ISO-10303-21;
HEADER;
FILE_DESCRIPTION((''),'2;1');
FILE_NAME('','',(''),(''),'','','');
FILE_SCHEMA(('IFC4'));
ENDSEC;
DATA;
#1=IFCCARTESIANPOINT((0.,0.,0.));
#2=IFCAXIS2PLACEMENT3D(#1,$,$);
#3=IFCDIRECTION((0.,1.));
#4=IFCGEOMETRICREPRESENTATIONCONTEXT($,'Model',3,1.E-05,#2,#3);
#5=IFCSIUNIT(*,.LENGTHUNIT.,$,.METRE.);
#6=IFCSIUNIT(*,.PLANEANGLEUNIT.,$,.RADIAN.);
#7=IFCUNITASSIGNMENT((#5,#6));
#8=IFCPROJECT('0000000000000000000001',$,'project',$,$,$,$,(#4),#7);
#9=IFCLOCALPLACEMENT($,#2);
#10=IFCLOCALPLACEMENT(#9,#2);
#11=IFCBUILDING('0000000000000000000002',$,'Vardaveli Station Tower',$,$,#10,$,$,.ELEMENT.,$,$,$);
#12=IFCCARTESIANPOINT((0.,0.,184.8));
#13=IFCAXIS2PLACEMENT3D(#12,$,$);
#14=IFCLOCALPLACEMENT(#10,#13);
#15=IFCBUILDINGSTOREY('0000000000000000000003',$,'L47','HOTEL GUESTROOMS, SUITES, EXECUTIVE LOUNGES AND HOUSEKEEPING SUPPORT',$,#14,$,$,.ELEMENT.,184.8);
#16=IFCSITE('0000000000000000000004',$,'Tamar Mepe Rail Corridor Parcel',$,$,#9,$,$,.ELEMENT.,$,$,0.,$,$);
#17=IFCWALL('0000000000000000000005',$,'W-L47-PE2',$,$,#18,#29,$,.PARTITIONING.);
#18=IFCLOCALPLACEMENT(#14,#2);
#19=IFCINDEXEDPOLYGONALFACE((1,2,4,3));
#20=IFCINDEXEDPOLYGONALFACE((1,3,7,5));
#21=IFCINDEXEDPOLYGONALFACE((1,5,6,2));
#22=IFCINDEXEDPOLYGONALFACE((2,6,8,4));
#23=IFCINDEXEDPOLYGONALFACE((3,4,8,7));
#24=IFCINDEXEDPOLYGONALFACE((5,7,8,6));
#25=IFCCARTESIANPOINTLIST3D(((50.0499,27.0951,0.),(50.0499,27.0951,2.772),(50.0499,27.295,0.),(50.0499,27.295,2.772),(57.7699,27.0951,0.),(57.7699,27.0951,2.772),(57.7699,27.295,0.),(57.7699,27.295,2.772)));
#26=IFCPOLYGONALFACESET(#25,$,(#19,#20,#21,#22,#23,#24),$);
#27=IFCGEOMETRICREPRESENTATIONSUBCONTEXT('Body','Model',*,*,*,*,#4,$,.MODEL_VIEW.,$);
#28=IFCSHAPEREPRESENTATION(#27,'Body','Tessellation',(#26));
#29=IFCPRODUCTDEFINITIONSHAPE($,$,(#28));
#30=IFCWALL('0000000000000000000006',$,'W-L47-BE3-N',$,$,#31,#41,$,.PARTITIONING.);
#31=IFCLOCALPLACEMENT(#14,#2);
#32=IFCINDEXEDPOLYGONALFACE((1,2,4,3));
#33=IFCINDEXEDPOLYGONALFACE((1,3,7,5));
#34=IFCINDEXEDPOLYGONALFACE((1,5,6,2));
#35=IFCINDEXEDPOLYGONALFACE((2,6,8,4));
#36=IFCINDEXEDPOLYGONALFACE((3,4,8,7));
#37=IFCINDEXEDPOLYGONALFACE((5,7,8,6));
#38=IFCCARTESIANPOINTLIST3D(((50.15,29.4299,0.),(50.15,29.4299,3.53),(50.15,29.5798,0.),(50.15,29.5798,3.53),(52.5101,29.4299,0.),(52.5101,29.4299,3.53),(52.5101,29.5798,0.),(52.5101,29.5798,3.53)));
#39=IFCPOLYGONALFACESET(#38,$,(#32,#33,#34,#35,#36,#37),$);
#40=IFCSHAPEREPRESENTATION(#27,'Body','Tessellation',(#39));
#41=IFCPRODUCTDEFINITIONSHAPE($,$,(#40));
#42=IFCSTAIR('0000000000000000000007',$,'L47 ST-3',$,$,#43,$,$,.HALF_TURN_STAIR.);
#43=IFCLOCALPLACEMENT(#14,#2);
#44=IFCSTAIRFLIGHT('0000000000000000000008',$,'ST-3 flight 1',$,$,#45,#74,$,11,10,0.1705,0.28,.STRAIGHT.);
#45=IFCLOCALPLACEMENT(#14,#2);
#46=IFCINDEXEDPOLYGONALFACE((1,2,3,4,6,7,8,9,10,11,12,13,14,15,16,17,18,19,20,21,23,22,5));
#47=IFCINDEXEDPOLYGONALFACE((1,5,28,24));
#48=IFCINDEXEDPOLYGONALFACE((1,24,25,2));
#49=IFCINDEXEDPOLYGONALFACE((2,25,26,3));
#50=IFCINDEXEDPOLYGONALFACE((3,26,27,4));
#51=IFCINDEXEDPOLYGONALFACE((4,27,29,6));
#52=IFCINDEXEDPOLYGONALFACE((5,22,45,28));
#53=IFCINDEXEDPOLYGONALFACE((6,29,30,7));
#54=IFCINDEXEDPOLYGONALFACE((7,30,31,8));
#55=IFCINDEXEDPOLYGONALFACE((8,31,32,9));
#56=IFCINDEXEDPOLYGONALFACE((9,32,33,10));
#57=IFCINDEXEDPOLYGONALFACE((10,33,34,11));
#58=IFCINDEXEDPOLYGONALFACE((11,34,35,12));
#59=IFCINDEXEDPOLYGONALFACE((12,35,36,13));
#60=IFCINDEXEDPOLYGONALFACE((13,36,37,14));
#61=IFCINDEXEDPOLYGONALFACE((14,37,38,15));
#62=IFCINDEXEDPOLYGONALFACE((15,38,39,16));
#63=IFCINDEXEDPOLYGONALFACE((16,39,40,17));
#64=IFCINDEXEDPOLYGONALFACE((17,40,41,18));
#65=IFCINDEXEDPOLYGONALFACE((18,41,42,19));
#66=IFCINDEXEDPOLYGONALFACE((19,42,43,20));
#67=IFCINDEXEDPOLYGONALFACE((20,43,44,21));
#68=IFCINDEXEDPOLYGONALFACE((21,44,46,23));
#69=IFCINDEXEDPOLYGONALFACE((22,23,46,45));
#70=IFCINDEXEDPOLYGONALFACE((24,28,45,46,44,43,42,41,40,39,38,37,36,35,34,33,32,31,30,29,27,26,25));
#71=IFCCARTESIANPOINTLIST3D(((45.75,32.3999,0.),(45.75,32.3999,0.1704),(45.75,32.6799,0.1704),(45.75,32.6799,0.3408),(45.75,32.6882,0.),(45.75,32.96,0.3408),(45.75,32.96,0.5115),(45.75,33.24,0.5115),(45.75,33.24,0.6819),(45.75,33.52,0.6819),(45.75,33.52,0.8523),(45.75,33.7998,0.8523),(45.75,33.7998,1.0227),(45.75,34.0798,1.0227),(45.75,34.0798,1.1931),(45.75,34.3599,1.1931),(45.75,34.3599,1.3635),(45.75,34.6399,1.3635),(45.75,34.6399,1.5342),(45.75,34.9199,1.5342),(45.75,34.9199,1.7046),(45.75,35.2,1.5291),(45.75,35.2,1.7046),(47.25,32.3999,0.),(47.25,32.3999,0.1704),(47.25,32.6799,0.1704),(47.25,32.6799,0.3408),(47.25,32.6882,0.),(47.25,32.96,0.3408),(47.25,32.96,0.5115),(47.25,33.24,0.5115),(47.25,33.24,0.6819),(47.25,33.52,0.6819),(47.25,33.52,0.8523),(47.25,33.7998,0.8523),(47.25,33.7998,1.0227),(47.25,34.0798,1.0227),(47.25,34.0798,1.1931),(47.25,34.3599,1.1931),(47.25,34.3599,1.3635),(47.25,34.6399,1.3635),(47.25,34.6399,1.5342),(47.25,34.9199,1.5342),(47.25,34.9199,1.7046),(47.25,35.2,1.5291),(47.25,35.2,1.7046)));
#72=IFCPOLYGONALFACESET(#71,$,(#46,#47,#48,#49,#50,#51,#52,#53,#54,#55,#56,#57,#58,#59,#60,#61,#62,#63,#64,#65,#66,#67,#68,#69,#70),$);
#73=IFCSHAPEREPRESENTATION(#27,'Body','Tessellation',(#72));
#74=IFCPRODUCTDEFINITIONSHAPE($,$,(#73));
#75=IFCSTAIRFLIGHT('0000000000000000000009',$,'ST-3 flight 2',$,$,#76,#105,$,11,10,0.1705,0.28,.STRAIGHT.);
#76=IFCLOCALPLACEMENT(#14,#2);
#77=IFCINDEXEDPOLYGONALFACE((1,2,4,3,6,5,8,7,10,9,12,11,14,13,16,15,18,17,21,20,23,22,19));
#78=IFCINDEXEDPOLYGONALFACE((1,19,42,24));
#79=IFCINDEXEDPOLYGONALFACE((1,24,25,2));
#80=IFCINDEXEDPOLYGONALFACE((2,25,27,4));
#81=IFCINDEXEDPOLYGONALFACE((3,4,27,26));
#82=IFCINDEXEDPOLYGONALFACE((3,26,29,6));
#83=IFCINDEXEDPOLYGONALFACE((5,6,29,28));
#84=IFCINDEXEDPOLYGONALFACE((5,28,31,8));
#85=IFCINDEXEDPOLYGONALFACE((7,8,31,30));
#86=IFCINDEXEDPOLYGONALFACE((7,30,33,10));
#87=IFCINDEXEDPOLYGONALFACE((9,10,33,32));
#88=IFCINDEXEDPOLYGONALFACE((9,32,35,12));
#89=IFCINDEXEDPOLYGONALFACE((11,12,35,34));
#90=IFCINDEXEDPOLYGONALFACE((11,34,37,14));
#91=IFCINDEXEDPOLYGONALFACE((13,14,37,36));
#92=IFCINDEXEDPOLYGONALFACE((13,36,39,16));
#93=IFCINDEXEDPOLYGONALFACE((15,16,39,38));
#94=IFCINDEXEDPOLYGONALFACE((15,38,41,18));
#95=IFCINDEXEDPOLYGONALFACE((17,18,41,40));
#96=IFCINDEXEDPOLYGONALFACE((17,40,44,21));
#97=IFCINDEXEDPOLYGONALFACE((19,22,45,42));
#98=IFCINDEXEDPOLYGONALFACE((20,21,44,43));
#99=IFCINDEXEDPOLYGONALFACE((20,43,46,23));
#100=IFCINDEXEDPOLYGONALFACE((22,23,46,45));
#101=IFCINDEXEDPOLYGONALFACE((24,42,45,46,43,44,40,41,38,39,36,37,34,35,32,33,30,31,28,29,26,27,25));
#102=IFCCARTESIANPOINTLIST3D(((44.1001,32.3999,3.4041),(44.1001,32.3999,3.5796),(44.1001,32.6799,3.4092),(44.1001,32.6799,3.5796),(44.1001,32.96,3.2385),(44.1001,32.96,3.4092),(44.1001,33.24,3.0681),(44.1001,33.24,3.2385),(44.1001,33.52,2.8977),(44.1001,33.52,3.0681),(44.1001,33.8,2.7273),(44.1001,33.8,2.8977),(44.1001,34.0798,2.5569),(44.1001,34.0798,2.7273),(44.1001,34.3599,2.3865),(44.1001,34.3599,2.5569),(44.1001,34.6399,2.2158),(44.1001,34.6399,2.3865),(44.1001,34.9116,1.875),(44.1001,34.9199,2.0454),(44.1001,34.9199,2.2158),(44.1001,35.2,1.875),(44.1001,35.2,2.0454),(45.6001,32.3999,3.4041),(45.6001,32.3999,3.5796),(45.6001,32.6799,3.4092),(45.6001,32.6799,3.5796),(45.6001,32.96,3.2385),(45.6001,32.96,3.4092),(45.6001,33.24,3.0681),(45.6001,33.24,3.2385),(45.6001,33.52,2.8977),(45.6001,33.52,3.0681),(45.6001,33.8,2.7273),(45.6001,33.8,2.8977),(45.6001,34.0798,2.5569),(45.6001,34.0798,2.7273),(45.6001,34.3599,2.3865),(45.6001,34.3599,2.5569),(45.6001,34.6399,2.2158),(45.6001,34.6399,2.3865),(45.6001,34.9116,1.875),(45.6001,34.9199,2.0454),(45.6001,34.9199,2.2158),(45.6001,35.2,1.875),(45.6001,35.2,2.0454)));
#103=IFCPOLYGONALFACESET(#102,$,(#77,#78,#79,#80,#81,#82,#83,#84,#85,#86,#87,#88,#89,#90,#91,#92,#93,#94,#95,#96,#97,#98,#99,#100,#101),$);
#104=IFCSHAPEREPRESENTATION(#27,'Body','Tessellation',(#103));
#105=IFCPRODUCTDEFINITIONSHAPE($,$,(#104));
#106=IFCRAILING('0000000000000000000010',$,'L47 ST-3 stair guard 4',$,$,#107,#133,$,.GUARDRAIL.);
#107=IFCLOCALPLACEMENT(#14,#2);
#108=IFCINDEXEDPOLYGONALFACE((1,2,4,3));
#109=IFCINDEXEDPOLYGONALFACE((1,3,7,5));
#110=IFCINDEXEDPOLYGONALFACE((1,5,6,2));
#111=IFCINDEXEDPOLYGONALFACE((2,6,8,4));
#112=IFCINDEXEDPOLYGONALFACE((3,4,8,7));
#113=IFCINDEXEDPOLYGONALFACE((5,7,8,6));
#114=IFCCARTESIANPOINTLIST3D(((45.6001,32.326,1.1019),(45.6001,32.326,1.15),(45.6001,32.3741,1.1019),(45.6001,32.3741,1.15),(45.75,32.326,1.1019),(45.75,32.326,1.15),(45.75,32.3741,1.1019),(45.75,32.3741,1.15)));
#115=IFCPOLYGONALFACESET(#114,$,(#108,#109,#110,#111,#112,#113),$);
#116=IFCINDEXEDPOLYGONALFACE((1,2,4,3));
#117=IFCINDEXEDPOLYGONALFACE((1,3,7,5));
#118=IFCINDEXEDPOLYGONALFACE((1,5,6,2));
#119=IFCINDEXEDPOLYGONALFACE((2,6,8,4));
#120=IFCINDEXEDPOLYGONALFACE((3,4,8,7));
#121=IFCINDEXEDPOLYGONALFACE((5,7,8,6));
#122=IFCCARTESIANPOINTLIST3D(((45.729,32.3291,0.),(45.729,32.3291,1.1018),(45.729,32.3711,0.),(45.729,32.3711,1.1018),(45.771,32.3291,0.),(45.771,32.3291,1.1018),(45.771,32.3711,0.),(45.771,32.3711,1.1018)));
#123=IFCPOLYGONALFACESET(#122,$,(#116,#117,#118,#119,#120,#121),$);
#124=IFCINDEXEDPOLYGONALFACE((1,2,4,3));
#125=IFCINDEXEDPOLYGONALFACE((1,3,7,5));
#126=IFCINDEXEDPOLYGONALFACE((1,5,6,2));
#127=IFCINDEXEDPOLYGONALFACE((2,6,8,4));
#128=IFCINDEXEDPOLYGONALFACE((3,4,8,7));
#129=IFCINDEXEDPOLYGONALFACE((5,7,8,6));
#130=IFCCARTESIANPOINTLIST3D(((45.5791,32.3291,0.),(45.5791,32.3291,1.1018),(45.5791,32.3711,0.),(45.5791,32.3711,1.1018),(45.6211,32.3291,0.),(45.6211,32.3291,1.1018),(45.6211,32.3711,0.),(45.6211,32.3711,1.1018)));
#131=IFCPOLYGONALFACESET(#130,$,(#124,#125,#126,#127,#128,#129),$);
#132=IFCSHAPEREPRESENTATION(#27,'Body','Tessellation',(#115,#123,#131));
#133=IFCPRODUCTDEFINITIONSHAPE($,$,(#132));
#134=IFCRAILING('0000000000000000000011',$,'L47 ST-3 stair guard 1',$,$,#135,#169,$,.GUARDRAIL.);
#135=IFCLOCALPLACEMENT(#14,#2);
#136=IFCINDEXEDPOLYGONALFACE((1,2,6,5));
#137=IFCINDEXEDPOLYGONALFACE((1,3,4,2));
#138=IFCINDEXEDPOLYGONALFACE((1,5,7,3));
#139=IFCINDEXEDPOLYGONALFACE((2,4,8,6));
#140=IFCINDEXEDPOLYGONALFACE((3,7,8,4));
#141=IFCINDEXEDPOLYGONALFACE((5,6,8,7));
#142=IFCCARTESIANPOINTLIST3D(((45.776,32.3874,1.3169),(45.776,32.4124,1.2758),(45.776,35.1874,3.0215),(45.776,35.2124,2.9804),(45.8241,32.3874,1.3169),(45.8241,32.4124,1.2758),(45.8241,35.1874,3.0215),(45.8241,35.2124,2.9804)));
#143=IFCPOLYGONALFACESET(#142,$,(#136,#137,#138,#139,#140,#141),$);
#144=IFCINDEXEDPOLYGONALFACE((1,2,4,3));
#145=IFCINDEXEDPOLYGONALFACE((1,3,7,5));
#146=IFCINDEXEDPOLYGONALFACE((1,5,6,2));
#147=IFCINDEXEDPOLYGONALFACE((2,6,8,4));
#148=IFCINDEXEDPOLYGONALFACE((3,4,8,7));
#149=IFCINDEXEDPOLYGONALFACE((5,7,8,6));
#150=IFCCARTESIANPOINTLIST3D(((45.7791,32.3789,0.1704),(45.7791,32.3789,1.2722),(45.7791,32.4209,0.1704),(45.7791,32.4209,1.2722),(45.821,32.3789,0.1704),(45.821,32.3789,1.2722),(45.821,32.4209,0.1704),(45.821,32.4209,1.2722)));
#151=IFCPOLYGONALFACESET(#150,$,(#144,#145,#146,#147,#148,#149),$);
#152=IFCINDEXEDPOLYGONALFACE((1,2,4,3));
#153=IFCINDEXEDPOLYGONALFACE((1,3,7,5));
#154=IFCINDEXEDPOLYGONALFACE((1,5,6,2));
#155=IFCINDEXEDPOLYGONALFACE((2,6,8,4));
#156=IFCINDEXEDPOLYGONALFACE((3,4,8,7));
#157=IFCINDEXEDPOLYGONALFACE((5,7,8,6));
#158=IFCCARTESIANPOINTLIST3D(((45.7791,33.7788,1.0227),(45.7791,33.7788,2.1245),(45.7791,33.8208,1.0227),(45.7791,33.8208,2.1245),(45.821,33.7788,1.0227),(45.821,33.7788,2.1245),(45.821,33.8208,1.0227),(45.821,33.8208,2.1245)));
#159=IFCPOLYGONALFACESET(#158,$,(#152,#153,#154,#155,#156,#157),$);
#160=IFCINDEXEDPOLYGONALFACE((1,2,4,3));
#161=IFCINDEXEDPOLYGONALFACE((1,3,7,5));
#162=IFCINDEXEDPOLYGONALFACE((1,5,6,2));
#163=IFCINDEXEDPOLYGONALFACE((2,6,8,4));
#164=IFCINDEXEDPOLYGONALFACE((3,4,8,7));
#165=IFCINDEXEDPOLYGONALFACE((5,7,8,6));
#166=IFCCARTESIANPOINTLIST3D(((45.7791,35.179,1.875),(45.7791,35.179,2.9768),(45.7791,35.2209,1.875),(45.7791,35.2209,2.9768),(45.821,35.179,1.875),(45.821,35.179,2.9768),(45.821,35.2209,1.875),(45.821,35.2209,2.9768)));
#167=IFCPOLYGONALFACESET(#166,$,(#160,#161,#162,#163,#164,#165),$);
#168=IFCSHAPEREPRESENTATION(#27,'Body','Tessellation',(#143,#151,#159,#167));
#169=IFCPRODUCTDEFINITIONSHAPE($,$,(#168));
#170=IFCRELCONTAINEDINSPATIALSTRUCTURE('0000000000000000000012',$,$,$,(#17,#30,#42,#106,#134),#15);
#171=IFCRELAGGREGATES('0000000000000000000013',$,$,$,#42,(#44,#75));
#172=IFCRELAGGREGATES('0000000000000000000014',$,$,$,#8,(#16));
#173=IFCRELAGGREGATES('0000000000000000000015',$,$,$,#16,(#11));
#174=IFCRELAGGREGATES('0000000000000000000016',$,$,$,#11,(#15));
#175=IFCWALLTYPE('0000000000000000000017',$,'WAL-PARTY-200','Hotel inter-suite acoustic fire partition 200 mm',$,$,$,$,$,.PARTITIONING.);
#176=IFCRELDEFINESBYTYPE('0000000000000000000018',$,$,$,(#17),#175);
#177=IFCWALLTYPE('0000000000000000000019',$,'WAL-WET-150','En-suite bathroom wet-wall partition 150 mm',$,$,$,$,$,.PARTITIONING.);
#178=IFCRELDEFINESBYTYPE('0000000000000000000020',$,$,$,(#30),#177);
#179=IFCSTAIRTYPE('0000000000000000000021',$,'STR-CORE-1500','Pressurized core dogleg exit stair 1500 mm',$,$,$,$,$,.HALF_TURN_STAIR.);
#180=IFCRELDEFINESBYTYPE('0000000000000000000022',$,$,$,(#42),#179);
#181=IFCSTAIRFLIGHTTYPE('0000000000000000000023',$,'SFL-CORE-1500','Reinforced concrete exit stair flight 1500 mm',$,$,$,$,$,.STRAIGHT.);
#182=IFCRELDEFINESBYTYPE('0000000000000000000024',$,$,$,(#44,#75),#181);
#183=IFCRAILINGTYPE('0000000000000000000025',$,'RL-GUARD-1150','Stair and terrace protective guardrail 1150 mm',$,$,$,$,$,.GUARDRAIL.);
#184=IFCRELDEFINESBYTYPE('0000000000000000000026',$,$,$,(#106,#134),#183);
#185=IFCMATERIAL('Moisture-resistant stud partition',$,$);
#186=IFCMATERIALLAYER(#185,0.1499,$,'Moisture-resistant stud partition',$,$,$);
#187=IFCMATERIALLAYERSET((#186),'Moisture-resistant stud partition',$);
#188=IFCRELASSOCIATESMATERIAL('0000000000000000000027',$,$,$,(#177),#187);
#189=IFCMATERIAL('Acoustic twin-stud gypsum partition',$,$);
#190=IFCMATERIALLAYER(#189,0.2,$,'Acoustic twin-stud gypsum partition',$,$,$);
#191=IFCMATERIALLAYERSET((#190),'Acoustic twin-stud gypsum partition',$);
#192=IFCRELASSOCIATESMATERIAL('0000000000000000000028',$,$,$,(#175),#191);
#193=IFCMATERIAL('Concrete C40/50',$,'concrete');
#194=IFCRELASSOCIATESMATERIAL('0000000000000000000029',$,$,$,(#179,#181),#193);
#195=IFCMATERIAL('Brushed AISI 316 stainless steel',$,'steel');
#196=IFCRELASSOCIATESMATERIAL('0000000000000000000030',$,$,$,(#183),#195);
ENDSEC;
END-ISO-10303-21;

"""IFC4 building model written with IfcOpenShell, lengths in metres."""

from ifc_helpers import new_model, si_unit, direction, frame, frame_2d, origin, origin_2d, place, context, subcontext, project, spatial, polyline, rectangle, outline, extrude, source, transform, mapped, material, layer, layer_set, type_object, element, aggregate, save


model = new_model("IFC4")

# Units and contexts
model_context = context("Model", 3, precision=1e-05, world=origin(), true_north=direction((0.0, 1.0)))
body_context = subcontext(model_context, "Body", "Model", "MODEL_VIEW")
ifc_project = project(units=[si_unit("LENGTHUNIT", "METRE"), si_unit("PLANEANGLEUNIT", "RADIAN")], contexts=[model_context])

# Site, building, storey
site_placement = place(None, origin())
site = spatial("IfcSite", under=ifc_project, at=site_placement, Name="Tamar Mepe Rail Corridor Parcel", CompositionType="ELEMENT", RefElevation=0.0)
building_placement = place(site_placement, origin())
building = spatial("IfcBuilding", under=site, at=building_placement, Name="Vardaveli Station Tower", CompositionType="ELEMENT")
storey_placement = place(building_placement, frame((0.0, 0.0, 184.8)))
storey = spatial("IfcBuildingStorey", under=building, at=storey_placement, Name="L47", Description="HOTEL GUESTROOMS, SUITES, EXECUTIVE LOUNGES AND HOUSEKEEPING SUPPORT", CompositionType="ELEMENT", Elevation=184.8)

# Shared definitions
ifc_material_1 = material(Name="Concrete C40/50", Category="concrete")

# Shared definitions
ifc_material_2 = material(Name="Moisture-resistant stud partition")
ifc_layer_1 = layer(ifc_material_2, 0.1499, Name="Moisture-resistant stud partition")
ifc_layer_set_1 = layer_set([ifc_layer_1], Name="Moisture-resistant stud partition")
wall_type_1 = type_object("IfcWallType", Name="WAL-WET-150", Description="En-suite bathroom wet-wall partition 150 mm", PredefinedType="PARTITIONING", material=ifc_layer_set_1)

# Walls
ifc_material_3 = material(Name="Acoustic twin-stud gypsum partition")
ifc_layer_2 = layer(ifc_material_3, 0.2, Name="Acoustic twin-stud gypsum partition")
ifc_layer_set_2 = layer_set([ifc_layer_2], Name="Acoustic twin-stud gypsum partition")
wall_type_2 = type_object("IfcWallType", Name="WAL-PARTY-200", Description="Hotel inter-suite acoustic fire partition 200 mm", PredefinedType="PARTITIONING", material=ifc_layer_set_2)
shared_shape_1 = source(origin(), body_context, "Body", "SweptSolid", [
    extrude(rectangle(XDim=7.72, YDim=0.2, at=frame_2d((3.8599, 0.0))), origin(), (0.0, 0.0, 1.0), 2.772),
])
wall_1_placement = place(storey_placement, frame((50.05, 27.1951, 0.0), z_axis=(0.0, 0.0, 1.0), x_axis=(1.0, 0.0, 0.0)))
element("IfcWall", 1, at=wall_1_placement, inside=storey, type_object=wall_type_2, Name="W-L47-PE2", PredefinedType="PARTITIONING", context=body_context, shape_type="MappedRepresentation", body=[
    mapped(shared_shape_1, transform((0.0, 0.0, 0.0), scale=1.0)),
])
shared_shape_2 = source(origin(), body_context, "Body", "SweptSolid", [
    extrude(rectangle(XDim=2.3601, YDim=0.1499, at=frame_2d((1.1802, 0.0))), origin(), (0.0, 0.0, 1.0), 3.53),
])
wall_2_placement = place(storey_placement, frame((50.1499, 29.5049, 0.0), z_axis=(0.0, 0.0, 1.0), x_axis=(1.0, 0.0, 0.0)))
element("IfcWall", 2, at=wall_2_placement, inside=storey, type_object=wall_type_1, Name="W-L47-BE3-N", PredefinedType="PARTITIONING", context=body_context, shape_type="MappedRepresentation", body=[
    mapped(shared_shape_2, transform((0.0, 0.0, 0.0), scale=1.0)),
])

# Stair, stair flights
stair_type = type_object("IfcStairType", Name="STR-CORE-1500", Description="Pressurized core dogleg exit stair 1500 mm", PredefinedType="HALF_TURN_STAIR", material=ifc_material_1)
stair_placement = place(storey_placement, origin())
stair = element("IfcStair", 3, at=stair_placement, inside=storey, type_object=stair_type, Name="L47 ST-3", PredefinedType="HALF_TURN_STAIR")
stair_flight_type = type_object("IfcStairFlightType", Name="SFL-CORE-1500", Description="Reinforced concrete exit stair flight 1500 mm", PredefinedType="STRAIGHT", material=ifc_material_1)
shared_shape_3 = source(origin(), body_context, "Body", "SweptSolid", [
    extrude(outline(polyline([(0.0, 0.0), (0.0, 0.1704), (0.28, 0.1704), (0.28, 0.3408), (0.5601, 0.3408), (0.5601, 0.5115), (0.8401, 0.5115), (0.8401, 0.6819), (1.1201, 0.6819), (1.1201, 0.8523), (1.3999, 0.8523), (1.3999, 1.0227), (1.6799, 1.0227), (1.6799, 1.1931), (1.96, 1.1931), (1.96, 1.3635), (2.24, 1.3635), (2.24, 1.5342), (2.52, 1.5342), (2.52, 1.7046), (2.8, 1.7046), (2.8, 1.875), (2.8, 1.5291), (0.2883, 0.0), (0.0, 0.0)])), frame((0.0, 0.75, 0.0), z_axis=(0.0, -1.0, 0.0), x_axis=(1.0, 0.0, 0.0)), (0.0, 0.0, 1.0), 1.5),
])
stair_flight_1_placement = place(storey_placement, frame((46.5, 32.3999, 0.0), z_axis=(0.0, 0.0, 1.0), x_axis=(0.0, 1.0, 0.0)))
stair_flight_1 = element("IfcStairFlight", 4, at=stair_flight_1_placement, type_object=stair_flight_type, Name="ST-3 flight 1", NumberOfRisers=11, NumberOfTreads=10, PredefinedType="STRAIGHT", RiserHeight=0.1705, TreadLength=0.28, context=body_context, shape_type="MappedRepresentation", body=[
    mapped(shared_shape_3, transform((0.0, 0.0, 0.0), scale=1.0)),
])
stair_flight_2_placement = place(storey_placement, frame((44.8501, 35.2, 1.875), z_axis=(0.0, 0.0, 1.0), x_axis=(0.0, -1.0, 0.0)))
stair_flight_2 = element("IfcStairFlight", 5, at=stair_flight_2_placement, type_object=stair_flight_type, Name="ST-3 flight 2", NumberOfRisers=11, NumberOfTreads=10, PredefinedType="STRAIGHT", RiserHeight=0.1705, TreadLength=0.28, context=body_context, shape_type="MappedRepresentation", body=[
    mapped(shared_shape_3, transform((0.0, 0.0, 0.0), scale=1.0)),
])
aggregate(stair, [stair_flight_1, stair_flight_2])

# Railings
ifc_material_4 = material(Name="Brushed AISI 316 stainless steel", Category="steel")
railing_type_1 = type_object("IfcRailingType", Name="RL-GUARD-1150", Description="Stair and terrace protective guardrail 1150 mm", PredefinedType="GUARDRAIL", material=ifc_material_4)
shared_shape_4 = source(origin(), body_context, "Body", "SweptSolid", [
    extrude(rectangle(XDim=0.0481, YDim=0.0481, at=origin_2d()), frame((0.0, 0.0, 1.126), z_axis=(-1.0, 0.0, 0.0), x_axis=(0.0, -1.0, 0.0)), (0.0, 0.0, 1.0), 0.1499),
    extrude(rectangle(XDim=0.042, YDim=0.042, at=origin_2d()), origin(), (0.0, 0.0, 1.0), 1.1018),
    extrude(rectangle(XDim=0.042, YDim=0.042, at=origin_2d()), frame((-0.1499, 0.0, 0.0)), (0.0, 0.0, 1.0), 1.1018),
])
railing_1_placement = place(storey_placement, frame((45.75, 32.3501, 0.0)))
element("IfcRailing", 6, at=railing_1_placement, inside=storey, type_object=railing_type_1, Name="L47 ST-3 stair guard 4", PredefinedType="GUARDRAIL", context=body_context, shape_type="MappedRepresentation", body=[
    mapped(shared_shape_4, transform((0.0, 0.0, 0.0), scale=1.0)),
])
shared_shape_5 = source(origin(), body_context, "Body", "SweptSolid", [
    extrude(rectangle(XDim=0.0481, YDim=0.0481, at=origin_2d()), frame((0.0, 0.0, 1.126), z_axis=(0.0, 0.85417, 0.519994), x_axis=(-1.0, 0.0, 0.0)), (0.0, 0.0, 1.0), 3.2781),
    extrude(rectangle(XDim=0.042, YDim=0.042, at=origin_2d()), origin(), (0.0, 0.0, 1.0), 1.1018),
    extrude(rectangle(XDim=0.042, YDim=0.042, at=origin_2d()), frame((0.0, 1.3999, 0.8523)), (0.0, 0.0, 1.0), 1.1018),
    extrude(rectangle(XDim=0.042, YDim=0.042, at=origin_2d()), frame((0.0, 2.8, 1.7046)), (0.0, 0.0, 1.0), 1.1018),
])
railing_2_placement = place(storey_placement, frame((45.8, 32.3999, 0.1704)))
element("IfcRailing", 7, at=railing_2_placement, inside=storey, type_object=railing_type_1, Name="L47 ST-3 stair guard 1", PredefinedType="GUARDRAIL", context=body_context, shape_type="MappedRepresentation", body=[
    mapped(shared_shape_5, transform((0.0, 0.0, 0.0), scale=1.0)),
])

save(model, "model.ifc")
